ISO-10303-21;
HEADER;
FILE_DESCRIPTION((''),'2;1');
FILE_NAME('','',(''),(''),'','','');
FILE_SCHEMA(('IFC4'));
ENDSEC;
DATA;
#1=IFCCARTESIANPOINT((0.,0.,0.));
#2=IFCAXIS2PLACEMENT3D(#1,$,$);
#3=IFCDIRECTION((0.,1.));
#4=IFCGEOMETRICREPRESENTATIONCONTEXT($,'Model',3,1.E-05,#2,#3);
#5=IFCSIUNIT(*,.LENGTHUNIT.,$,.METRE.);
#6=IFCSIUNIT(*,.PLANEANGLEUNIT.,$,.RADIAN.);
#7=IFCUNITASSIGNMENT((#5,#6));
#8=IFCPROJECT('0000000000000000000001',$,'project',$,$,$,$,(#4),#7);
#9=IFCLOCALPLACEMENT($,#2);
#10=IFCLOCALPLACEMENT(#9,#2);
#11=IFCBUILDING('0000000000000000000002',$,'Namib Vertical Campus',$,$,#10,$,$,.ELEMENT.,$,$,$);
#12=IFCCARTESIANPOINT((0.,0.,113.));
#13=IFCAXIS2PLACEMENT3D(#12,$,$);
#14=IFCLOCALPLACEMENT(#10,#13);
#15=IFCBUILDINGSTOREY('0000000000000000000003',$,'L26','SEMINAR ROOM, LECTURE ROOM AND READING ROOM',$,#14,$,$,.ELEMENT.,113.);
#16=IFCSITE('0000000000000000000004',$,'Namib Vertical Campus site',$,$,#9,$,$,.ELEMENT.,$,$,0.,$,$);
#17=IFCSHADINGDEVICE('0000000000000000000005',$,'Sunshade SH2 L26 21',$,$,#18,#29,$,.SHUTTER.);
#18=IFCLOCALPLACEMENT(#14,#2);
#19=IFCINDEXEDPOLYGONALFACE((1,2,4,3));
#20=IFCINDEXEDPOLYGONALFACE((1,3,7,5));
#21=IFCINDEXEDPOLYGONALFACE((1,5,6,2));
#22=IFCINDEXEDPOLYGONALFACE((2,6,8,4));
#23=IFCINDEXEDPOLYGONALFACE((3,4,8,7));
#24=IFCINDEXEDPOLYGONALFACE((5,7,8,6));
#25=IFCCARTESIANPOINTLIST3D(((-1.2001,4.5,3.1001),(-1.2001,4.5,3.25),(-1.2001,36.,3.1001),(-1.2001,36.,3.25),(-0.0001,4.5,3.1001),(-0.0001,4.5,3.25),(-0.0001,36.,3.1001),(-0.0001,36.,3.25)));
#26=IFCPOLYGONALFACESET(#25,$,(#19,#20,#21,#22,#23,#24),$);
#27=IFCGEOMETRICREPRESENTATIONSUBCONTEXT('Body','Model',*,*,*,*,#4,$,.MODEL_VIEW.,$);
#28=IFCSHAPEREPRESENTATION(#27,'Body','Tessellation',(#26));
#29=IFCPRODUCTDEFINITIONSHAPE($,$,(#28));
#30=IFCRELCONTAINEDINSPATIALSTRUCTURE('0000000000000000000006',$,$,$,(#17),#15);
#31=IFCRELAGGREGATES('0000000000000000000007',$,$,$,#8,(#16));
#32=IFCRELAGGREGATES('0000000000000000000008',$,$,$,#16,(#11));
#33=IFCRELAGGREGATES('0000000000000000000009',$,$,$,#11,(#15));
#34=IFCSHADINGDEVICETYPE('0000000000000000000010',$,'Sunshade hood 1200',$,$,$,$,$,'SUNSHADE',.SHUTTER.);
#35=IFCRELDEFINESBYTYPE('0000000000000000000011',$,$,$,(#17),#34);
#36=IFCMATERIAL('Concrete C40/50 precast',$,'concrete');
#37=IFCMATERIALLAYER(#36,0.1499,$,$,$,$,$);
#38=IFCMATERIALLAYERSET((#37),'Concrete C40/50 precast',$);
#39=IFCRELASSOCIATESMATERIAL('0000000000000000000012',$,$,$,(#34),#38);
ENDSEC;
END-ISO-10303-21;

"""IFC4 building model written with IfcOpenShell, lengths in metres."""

from ifc_helpers import new_model, si_unit, direction, frame, origin, origin_2d, place, context, subcontext, project, spatial, rectangle, extrude, material, layer, layer_set, type_object, element, save


model = new_model("IFC4")

# Units and contexts
model_context = context("Model", 3, precision=1e-05, world=origin(), true_north=direction((0.0, 1.0)))
body_context = subcontext(model_context, "Body", "Model", "MODEL_VIEW")
ifc_project = project(units=[si_unit("LENGTHUNIT", "METRE"), si_unit("PLANEANGLEUNIT", "RADIAN")], contexts=[model_context])

# Site, building, storey
site_placement = place(None, origin())
site = spatial("IfcSite", under=ifc_project, at=site_placement, Name="Namib Vertical Campus site", CompositionType="ELEMENT", RefElevation=0.0)
building_placement = place(site_placement, origin())
building = spatial("IfcBuilding", under=site, at=building_placement, Name="Namib Vertical Campus", CompositionType="ELEMENT")
storey_placement = place(building_placement, frame((0.0, 0.0, 113.0)))
storey = spatial("IfcBuildingStorey", under=building, at=storey_placement, Name="L26", Description="SEMINAR ROOM, LECTURE ROOM AND READING ROOM", CompositionType="ELEMENT", Elevation=113.0)

# Shading device
ifc_material_1 = material(Name="Concrete C40/50 precast", Category="concrete")
ifc_layer_1 = layer(ifc_material_1, 0.1499)
ifc_layer_set_1 = layer_set([ifc_layer_1], Name="Concrete C40/50 precast")
shading_device_type = type_object("IfcShadingDeviceType", Name="Sunshade hood 1200", ElementType="SUNSHADE", PredefinedType="SHUTTER", material=ifc_layer_set_1)
shading_device_placement = place(storey_placement, frame((-0.6001, 20.25, 3.1001), z_axis=(0.0, 0.0, 1.0), x_axis=(0.0, -1.0, 0.0)))
element("IfcShadingDevice", 1, at=shading_device_placement, inside=storey, type_object=shading_device_type, Name="Sunshade SH2 L26 21", PredefinedType="SHUTTER", context=body_context, shape_type="SweptSolid", body=[
    extrude(rectangle(XDim=31.5, YDim=1.2, at=origin_2d()), origin(), (0.0, 0.0, 1.0), 0.1499),
])

save(model, "model.ifc")
